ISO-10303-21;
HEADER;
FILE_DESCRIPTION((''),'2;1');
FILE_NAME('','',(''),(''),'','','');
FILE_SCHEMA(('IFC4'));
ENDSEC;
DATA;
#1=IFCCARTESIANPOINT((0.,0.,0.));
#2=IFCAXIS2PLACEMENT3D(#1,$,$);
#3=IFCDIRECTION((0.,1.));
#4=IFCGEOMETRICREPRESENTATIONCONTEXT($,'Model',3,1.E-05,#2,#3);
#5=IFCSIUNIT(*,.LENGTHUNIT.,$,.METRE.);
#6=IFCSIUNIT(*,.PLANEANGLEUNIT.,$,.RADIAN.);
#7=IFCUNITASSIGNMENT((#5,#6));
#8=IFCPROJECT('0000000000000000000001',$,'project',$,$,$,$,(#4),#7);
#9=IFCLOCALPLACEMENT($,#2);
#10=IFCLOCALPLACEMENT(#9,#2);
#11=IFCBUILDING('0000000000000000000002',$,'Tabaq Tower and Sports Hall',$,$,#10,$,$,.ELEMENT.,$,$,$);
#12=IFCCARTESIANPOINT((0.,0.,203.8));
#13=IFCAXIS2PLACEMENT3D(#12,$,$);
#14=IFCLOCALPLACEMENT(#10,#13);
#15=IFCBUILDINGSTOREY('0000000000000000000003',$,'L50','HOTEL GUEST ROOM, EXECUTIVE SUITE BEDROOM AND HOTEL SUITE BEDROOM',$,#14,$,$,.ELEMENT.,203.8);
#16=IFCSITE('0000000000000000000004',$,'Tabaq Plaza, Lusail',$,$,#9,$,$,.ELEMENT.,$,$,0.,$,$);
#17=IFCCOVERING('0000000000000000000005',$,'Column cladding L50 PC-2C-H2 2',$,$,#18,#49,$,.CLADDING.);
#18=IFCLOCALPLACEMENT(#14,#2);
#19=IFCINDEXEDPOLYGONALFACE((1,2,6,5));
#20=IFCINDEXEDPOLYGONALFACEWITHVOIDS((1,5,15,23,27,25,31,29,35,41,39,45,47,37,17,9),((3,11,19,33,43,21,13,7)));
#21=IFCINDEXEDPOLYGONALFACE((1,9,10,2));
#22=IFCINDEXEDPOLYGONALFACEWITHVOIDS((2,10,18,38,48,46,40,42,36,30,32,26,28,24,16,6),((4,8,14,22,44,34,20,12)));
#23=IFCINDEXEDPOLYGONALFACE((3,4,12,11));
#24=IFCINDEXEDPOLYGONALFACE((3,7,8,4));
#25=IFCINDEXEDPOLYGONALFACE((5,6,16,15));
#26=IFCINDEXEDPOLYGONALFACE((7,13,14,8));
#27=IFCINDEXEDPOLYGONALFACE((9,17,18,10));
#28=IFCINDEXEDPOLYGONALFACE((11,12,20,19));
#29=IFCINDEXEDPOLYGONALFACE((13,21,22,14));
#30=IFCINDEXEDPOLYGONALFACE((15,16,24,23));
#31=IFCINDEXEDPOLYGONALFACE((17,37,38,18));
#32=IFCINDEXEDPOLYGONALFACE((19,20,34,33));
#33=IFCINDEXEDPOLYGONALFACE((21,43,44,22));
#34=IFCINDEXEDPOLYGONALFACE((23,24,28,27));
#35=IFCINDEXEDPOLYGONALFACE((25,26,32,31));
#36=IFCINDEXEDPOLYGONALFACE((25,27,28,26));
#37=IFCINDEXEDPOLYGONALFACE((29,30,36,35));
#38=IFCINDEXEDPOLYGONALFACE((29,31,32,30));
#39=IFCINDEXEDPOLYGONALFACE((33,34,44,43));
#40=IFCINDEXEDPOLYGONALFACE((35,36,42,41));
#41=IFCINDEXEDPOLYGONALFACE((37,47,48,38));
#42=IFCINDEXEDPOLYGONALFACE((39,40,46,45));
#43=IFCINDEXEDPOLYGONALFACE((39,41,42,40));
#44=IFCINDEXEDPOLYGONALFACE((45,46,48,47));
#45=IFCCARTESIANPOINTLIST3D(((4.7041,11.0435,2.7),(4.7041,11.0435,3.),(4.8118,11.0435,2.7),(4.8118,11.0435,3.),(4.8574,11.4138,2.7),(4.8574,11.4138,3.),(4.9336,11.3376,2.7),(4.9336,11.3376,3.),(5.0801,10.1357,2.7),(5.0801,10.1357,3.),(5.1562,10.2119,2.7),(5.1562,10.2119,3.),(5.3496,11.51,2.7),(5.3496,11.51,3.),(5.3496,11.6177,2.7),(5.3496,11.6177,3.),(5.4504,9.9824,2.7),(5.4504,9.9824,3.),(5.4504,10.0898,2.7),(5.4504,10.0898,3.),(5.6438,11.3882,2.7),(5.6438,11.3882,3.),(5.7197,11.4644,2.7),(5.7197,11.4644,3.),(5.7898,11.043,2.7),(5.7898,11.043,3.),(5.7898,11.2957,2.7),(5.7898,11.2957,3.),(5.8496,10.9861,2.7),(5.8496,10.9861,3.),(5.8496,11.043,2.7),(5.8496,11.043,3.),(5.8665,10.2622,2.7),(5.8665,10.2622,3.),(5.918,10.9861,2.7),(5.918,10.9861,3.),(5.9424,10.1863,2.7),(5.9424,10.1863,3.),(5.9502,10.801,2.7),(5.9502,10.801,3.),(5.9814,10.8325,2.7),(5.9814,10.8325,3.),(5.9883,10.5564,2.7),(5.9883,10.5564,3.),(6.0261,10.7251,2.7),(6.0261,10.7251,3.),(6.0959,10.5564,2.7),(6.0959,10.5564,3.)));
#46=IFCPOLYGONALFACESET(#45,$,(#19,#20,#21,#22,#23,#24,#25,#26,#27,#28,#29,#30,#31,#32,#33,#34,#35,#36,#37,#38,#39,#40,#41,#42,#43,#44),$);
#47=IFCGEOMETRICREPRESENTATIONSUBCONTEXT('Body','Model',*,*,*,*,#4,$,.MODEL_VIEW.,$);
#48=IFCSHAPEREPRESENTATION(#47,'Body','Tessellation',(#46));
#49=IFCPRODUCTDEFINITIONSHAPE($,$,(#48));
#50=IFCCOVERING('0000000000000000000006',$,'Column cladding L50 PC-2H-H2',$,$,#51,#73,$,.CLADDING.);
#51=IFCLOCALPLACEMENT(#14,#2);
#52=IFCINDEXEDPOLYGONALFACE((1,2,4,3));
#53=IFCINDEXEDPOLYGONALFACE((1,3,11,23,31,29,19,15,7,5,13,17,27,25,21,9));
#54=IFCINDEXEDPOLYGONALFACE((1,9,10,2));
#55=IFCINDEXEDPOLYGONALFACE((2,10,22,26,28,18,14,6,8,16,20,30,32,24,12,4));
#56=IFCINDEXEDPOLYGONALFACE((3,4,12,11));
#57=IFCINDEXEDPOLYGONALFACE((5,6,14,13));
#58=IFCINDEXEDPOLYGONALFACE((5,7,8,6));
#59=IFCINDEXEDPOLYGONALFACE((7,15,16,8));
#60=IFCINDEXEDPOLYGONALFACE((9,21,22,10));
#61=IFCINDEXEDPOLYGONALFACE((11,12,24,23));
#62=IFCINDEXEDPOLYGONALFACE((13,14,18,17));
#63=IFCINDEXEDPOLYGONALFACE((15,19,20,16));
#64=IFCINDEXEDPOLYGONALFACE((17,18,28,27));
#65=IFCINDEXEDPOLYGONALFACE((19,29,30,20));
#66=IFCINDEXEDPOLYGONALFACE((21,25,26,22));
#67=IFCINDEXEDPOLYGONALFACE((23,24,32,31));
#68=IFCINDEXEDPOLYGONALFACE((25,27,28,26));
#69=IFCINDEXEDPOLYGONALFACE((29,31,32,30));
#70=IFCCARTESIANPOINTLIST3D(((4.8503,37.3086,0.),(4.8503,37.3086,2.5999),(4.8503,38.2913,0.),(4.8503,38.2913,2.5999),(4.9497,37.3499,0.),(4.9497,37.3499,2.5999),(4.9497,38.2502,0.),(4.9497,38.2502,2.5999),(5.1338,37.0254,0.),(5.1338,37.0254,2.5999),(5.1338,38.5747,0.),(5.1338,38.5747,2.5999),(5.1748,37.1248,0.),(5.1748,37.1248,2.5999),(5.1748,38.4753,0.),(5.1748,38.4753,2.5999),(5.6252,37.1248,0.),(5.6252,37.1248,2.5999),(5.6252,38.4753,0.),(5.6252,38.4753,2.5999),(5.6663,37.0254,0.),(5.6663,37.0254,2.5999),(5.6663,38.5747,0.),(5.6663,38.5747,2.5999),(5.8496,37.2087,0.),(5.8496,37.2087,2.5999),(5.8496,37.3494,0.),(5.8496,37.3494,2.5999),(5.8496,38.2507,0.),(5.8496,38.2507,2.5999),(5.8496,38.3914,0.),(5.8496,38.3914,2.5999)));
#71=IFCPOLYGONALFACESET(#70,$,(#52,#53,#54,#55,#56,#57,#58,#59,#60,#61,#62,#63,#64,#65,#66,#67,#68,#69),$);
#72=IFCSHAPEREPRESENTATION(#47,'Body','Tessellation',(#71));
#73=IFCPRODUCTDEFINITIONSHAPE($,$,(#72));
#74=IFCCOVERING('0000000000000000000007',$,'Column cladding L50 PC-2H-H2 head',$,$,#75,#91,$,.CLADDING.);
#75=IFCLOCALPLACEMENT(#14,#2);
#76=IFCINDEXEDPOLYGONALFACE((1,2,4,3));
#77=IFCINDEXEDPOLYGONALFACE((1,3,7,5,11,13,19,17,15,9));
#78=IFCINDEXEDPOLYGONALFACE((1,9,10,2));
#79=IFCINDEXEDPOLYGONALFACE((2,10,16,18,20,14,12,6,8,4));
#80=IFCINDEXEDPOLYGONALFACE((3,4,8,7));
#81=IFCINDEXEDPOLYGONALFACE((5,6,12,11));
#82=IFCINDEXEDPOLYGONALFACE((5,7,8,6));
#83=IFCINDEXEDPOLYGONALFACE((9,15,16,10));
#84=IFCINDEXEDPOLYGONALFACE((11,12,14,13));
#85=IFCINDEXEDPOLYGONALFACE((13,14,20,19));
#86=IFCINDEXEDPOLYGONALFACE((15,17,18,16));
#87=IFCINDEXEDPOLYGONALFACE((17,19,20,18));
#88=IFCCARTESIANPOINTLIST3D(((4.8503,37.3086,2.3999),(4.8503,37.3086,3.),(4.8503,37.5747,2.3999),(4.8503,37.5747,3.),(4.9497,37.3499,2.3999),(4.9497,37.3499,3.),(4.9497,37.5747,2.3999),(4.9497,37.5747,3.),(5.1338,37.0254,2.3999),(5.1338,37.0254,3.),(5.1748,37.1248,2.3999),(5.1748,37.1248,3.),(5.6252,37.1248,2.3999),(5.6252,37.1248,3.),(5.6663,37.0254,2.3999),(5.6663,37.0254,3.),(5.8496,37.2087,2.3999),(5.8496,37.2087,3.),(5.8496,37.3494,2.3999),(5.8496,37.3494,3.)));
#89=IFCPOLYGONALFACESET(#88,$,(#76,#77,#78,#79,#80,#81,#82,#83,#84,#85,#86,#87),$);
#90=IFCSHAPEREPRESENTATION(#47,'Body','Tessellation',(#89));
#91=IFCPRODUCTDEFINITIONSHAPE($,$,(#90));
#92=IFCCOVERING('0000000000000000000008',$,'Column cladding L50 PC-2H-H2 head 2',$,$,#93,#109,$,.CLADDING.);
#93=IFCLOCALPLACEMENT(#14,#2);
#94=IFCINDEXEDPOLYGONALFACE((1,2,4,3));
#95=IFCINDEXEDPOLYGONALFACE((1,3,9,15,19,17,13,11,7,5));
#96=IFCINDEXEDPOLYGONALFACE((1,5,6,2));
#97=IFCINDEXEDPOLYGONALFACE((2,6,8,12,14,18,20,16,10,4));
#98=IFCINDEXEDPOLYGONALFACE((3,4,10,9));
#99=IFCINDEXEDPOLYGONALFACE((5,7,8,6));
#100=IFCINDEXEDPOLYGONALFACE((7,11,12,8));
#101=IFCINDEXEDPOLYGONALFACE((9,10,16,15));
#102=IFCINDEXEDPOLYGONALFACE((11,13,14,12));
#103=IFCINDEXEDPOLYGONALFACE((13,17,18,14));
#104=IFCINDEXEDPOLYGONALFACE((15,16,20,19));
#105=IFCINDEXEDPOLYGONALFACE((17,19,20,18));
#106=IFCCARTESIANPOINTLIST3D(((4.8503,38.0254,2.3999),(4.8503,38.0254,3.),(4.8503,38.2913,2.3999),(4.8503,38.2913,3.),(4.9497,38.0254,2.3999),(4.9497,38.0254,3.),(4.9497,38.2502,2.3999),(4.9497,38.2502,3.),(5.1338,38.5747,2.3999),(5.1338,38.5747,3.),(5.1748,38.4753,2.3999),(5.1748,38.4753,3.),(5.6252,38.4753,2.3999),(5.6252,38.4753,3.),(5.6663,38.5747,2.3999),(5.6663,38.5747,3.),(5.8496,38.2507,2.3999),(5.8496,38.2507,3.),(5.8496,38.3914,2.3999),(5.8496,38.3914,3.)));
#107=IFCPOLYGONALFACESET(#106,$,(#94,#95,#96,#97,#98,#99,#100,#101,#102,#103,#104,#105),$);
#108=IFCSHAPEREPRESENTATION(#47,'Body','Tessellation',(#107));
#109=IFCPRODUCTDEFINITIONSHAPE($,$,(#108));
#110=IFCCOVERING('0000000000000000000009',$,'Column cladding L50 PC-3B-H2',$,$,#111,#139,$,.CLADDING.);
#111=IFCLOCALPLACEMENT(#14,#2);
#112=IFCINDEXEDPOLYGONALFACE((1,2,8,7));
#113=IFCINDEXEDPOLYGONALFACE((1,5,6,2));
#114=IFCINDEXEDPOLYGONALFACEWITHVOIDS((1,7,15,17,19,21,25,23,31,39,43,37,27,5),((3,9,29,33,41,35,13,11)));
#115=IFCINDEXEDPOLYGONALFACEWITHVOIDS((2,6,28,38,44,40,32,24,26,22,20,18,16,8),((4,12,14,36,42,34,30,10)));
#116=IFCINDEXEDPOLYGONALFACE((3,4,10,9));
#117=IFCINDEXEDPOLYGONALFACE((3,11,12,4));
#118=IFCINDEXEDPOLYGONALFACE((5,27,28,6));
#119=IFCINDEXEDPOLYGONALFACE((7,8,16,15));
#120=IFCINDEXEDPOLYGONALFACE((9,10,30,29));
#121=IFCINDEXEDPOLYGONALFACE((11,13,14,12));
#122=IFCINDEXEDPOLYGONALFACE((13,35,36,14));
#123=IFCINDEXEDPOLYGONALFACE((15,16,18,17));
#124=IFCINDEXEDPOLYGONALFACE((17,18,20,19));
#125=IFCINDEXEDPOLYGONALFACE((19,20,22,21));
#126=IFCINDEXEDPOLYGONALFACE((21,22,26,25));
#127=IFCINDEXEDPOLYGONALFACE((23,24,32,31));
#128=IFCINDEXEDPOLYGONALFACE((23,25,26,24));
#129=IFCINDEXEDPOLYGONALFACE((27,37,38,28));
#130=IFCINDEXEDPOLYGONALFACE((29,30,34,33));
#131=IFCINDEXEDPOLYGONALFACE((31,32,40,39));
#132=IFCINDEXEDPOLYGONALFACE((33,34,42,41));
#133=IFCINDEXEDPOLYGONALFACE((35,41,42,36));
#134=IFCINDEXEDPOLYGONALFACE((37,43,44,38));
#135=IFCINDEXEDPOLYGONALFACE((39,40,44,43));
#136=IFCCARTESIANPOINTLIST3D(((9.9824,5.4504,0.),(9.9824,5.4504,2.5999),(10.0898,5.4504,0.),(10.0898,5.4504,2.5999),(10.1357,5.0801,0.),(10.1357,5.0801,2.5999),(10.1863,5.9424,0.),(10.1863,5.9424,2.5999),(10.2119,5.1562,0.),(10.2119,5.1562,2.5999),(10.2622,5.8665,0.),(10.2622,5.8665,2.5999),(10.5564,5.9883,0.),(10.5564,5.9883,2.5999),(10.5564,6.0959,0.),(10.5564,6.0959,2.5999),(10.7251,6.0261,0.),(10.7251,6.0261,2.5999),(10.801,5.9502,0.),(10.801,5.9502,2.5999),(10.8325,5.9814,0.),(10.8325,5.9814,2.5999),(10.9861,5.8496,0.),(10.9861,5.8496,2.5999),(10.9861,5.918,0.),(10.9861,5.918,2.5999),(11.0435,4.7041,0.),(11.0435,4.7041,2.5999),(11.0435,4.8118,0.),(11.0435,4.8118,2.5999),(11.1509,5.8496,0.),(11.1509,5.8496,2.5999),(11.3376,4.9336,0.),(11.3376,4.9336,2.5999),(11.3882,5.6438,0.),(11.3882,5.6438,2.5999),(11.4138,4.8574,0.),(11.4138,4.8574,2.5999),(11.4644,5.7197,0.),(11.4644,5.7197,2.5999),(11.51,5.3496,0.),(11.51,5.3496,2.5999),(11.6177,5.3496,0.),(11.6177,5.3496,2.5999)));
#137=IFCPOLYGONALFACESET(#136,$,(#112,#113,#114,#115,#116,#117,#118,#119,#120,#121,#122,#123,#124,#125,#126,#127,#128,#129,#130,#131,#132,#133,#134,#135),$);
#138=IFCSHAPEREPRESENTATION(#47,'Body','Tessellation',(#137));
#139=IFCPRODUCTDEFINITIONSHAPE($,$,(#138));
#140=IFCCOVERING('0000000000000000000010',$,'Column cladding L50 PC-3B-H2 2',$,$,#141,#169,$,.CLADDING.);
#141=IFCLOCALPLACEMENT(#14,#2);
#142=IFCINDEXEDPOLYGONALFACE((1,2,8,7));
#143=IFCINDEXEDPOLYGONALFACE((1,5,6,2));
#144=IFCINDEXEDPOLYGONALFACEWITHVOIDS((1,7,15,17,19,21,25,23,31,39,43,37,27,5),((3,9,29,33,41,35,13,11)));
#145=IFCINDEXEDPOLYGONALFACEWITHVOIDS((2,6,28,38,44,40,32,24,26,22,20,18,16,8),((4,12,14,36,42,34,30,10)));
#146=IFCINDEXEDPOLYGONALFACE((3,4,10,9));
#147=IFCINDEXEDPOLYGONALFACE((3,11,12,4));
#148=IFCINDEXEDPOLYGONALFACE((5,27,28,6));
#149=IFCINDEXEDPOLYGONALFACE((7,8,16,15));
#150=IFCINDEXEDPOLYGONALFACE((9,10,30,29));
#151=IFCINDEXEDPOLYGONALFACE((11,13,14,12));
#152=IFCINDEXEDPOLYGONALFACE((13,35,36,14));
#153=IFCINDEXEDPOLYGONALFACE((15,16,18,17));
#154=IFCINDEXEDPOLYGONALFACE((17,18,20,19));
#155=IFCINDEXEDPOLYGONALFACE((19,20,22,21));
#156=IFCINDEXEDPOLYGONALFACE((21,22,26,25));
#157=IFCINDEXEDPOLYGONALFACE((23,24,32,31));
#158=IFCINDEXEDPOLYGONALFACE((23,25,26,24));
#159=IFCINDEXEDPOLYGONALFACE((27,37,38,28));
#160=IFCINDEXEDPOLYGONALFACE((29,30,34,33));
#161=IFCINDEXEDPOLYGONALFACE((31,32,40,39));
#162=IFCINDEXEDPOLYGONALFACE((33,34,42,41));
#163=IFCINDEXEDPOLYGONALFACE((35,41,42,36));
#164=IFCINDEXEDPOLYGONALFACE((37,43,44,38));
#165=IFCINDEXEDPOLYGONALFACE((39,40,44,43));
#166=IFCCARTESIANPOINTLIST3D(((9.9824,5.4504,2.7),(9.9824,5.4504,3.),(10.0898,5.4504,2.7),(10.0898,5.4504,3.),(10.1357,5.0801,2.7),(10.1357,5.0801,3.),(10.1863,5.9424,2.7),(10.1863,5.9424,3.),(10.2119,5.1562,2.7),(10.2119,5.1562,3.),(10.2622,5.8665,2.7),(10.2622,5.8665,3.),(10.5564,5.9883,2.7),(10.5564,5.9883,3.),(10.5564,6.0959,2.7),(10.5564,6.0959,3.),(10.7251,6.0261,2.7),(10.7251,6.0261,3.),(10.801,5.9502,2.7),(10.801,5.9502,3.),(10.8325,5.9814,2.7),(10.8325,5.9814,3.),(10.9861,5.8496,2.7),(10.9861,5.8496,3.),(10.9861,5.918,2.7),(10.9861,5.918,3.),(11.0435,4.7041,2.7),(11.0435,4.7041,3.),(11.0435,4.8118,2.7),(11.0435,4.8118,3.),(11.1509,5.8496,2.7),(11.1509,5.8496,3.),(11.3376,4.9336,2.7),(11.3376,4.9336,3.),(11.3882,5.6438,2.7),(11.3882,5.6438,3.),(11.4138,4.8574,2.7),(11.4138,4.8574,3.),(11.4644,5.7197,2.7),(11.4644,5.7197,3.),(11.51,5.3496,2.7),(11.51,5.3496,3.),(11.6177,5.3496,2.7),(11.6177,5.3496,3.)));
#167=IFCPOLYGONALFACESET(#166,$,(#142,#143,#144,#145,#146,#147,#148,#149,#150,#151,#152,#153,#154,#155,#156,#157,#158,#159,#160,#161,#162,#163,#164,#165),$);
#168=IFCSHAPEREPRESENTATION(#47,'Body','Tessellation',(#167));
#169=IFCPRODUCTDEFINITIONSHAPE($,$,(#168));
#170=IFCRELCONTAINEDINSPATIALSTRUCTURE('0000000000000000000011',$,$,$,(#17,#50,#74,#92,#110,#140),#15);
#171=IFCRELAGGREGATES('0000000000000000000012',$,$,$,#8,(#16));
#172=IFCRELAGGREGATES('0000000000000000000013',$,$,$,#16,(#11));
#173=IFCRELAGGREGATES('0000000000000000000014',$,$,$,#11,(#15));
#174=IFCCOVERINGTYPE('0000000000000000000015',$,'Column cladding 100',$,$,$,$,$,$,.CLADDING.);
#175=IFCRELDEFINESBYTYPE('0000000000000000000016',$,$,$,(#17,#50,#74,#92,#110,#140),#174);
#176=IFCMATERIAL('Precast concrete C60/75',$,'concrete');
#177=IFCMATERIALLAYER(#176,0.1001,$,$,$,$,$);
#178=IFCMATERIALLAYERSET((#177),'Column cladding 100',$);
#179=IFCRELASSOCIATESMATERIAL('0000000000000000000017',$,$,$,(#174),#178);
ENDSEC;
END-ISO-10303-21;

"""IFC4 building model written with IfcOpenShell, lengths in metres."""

from ifc_helpers import new_model, si_unit, direction, frame, origin, place, context, subcontext, project, spatial, polyline, outline, extrude, material, layer, layer_set, type_object, element, save


model = new_model("IFC4")

# Units and contexts
model_context = context("Model", 3, precision=1e-05, world=origin(), true_north=direction((0.0, 1.0)))
body_context = subcontext(model_context, "Body", "Model", "MODEL_VIEW")
ifc_project = project(units=[si_unit("LENGTHUNIT", "METRE"), si_unit("PLANEANGLEUNIT", "RADIAN")], contexts=[model_context])

# Site, building, storey
site_placement = place(None, origin())
site = spatial("IfcSite", under=ifc_project, at=site_placement, Name="Tabaq Plaza, Lusail", CompositionType="ELEMENT", RefElevation=0.0)
building_placement = place(site_placement, origin())
building = spatial("IfcBuilding", under=site, at=building_placement, Name="Tabaq Tower and Sports Hall", CompositionType="ELEMENT")
storey_placement = place(building_placement, frame((0.0, 0.0, 203.8)))
storey = spatial("IfcBuildingStorey", under=building, at=storey_placement, Name="L50", Description="HOTEL GUEST ROOM, EXECUTIVE SUITE BEDROOM AND HOTEL SUITE BEDROOM", CompositionType="ELEMENT", Elevation=203.8)

# Coverings
ifc_material_1 = material(Name="Precast concrete C60/75", Category="concrete")
ifc_layer_1 = layer(ifc_material_1, 0.1001)
ifc_layer_set_1 = layer_set([ifc_layer_1], Name="Column cladding 100")
covering_type = type_object("IfcCoveringType", Name="Column cladding 100", PredefinedType="CLADDING", material=ifc_layer_set_1)
covering_1_placement = place(storey_placement, frame((0.0, 0.0, 2.7)))
element("IfcCovering", 1, at=covering_1_placement, inside=storey, type_object=covering_type, Name="Column cladding L50 PC-2C-H2 2", PredefinedType="CLADDING", context=body_context, shape_type="SweptSolid", body=[
    extrude(outline(polyline([(5.4504, 9.9824), (5.0801, 10.1357), (4.7041, 11.0435), (4.8574, 11.4138), (5.3496, 11.6177), (5.7197, 11.4644), (5.7898, 11.2957), (5.7898, 11.043), (5.8496, 11.043), (5.8496, 10.9861), (5.918, 10.9861), (5.9814, 10.8325), (5.9502, 10.801), (6.0261, 10.7251), (6.0959, 10.5564), (5.9424, 10.1863), (5.4504, 9.9824)]), holes=[polyline([(5.3496, 11.51), (4.9336, 11.3376), (4.8118, 11.0435), (5.1562, 10.2119), (5.4504, 10.0898), (5.8665, 10.2622), (5.9883, 10.5564), (5.6438, 11.3882), (5.3496, 11.51)])]), origin(), (0.0, 0.0, 1.0), 0.3),
])
covering_2_placement = place(storey_placement, origin())
element("IfcCovering", 2, at=covering_2_placement, inside=storey, type_object=covering_type, Name="Column cladding L50 PC-2H-H2", PredefinedType="CLADDING", context=body_context, shape_type="SweptSolid", body=[
    extrude(outline(polyline([(5.1338, 37.0254), (4.8503, 37.3086), (4.8503, 38.2913), (5.1338, 38.5747), (5.6663, 38.5747), (5.8496, 38.3914), (5.8496, 38.2507), (5.6252, 38.4753), (5.1748, 38.4753), (4.9497, 38.2502), (4.9497, 37.3499), (5.1748, 37.1248), (5.6252, 37.1248), (5.8496, 37.3494), (5.8496, 37.2087), (5.6663, 37.0254), (5.1338, 37.0254)])), origin(), (0.0, 0.0, 1.0), 2.5999),
])
covering_3_placement = place(storey_placement, frame((0.0, 0.0, 2.3999)))
element("IfcCovering", 3, at=covering_3_placement, inside=storey, type_object=covering_type, Name="Column cladding L50 PC-2H-H2 head", PredefinedType="CLADDING", context=body_context, shape_type="SweptSolid", body=[
    extrude(outline(polyline([(4.8503, 37.3086), (4.8503, 37.5747), (4.9497, 37.5747), (4.9497, 37.3499), (5.1748, 37.1248), (5.6252, 37.1248), (5.8496, 37.3494), (5.8496, 37.2087), (5.6663, 37.0254), (5.1338, 37.0254), (4.8503, 37.3086)])), origin(), (0.0, 0.0, 1.0), 0.6001),
])
covering_4_placement = place(storey_placement, frame((0.0, 0.0, 2.3999)))
element("IfcCovering", 4, at=covering_4_placement, inside=storey, type_object=covering_type, Name="Column cladding L50 PC-2H-H2 head 2", PredefinedType="CLADDING", context=body_context, shape_type="SweptSolid", body=[
    extrude(outline(polyline([(4.8503, 38.2913), (5.1338, 38.5747), (5.6663, 38.5747), (5.8496, 38.3914), (5.8496, 38.2507), (5.6252, 38.4753), (5.1748, 38.4753), (4.9497, 38.2502), (4.9497, 38.0254), (4.8503, 38.0254), (4.8503, 38.2913)])), origin(), (0.0, 0.0, 1.0), 0.6001),
])
covering_5_placement = place(storey_placement, origin())
element("IfcCovering", 5, at=covering_5_placement, inside=storey, type_object=covering_type, Name="Column cladding L50 PC-3B-H2", PredefinedType="CLADDING", context=body_context, shape_type="SweptSolid", body=[
    extrude(outline(polyline([(11.4138, 4.8574), (11.0435, 4.7041), (10.1357, 5.0801), (9.9824, 5.4504), (10.1863, 5.9424), (10.5564, 6.0959), (10.7251, 6.0261), (10.801, 5.9502), (10.8325, 5.9814), (10.9861, 5.918), (10.9861, 5.8496), (11.1509, 5.8496), (11.4644, 5.7197), (11.6177, 5.3496), (11.4138, 4.8574)]), holes=[polyline([(10.2622, 5.8665), (10.0898, 5.4504), (10.2119, 5.1562), (11.0435, 4.8118), (11.3376, 4.9336), (11.51, 5.3496), (11.3882, 5.6438), (10.5564, 5.9883), (10.2622, 5.8665)])]), origin(), (0.0, 0.0, 1.0), 2.5999),
])
covering_6_placement = place(storey_placement, frame((0.0, 0.0, 2.7)))
element("IfcCovering", 6, at=covering_6_placement, inside=storey, type_object=covering_type, Name="Column cladding L50 PC-3B-H2 2", PredefinedType="CLADDING", context=body_context, shape_type="SweptSolid", body=[
    extrude(outline(polyline([(11.4138, 4.8574), (11.0435, 4.7041), (10.1357, 5.0801), (9.9824, 5.4504), (10.1863, 5.9424), (10.5564, 6.0959), (10.7251, 6.0261), (10.801, 5.9502), (10.8325, 5.9814), (10.9861, 5.918), (10.9861, 5.8496), (11.1509, 5.8496), (11.4644, 5.7197), (11.6177, 5.3496), (11.4138, 4.8574)]), holes=[polyline([(10.2622, 5.8665), (10.0898, 5.4504), (10.2119, 5.1562), (11.0435, 4.8118), (11.3376, 4.9336), (11.51, 5.3496), (11.3882, 5.6438), (10.5564, 5.9883), (10.2622, 5.8665)])]), origin(), (0.0, 0.0, 1.0), 0.3),
])

save(model, "model.ifc")
